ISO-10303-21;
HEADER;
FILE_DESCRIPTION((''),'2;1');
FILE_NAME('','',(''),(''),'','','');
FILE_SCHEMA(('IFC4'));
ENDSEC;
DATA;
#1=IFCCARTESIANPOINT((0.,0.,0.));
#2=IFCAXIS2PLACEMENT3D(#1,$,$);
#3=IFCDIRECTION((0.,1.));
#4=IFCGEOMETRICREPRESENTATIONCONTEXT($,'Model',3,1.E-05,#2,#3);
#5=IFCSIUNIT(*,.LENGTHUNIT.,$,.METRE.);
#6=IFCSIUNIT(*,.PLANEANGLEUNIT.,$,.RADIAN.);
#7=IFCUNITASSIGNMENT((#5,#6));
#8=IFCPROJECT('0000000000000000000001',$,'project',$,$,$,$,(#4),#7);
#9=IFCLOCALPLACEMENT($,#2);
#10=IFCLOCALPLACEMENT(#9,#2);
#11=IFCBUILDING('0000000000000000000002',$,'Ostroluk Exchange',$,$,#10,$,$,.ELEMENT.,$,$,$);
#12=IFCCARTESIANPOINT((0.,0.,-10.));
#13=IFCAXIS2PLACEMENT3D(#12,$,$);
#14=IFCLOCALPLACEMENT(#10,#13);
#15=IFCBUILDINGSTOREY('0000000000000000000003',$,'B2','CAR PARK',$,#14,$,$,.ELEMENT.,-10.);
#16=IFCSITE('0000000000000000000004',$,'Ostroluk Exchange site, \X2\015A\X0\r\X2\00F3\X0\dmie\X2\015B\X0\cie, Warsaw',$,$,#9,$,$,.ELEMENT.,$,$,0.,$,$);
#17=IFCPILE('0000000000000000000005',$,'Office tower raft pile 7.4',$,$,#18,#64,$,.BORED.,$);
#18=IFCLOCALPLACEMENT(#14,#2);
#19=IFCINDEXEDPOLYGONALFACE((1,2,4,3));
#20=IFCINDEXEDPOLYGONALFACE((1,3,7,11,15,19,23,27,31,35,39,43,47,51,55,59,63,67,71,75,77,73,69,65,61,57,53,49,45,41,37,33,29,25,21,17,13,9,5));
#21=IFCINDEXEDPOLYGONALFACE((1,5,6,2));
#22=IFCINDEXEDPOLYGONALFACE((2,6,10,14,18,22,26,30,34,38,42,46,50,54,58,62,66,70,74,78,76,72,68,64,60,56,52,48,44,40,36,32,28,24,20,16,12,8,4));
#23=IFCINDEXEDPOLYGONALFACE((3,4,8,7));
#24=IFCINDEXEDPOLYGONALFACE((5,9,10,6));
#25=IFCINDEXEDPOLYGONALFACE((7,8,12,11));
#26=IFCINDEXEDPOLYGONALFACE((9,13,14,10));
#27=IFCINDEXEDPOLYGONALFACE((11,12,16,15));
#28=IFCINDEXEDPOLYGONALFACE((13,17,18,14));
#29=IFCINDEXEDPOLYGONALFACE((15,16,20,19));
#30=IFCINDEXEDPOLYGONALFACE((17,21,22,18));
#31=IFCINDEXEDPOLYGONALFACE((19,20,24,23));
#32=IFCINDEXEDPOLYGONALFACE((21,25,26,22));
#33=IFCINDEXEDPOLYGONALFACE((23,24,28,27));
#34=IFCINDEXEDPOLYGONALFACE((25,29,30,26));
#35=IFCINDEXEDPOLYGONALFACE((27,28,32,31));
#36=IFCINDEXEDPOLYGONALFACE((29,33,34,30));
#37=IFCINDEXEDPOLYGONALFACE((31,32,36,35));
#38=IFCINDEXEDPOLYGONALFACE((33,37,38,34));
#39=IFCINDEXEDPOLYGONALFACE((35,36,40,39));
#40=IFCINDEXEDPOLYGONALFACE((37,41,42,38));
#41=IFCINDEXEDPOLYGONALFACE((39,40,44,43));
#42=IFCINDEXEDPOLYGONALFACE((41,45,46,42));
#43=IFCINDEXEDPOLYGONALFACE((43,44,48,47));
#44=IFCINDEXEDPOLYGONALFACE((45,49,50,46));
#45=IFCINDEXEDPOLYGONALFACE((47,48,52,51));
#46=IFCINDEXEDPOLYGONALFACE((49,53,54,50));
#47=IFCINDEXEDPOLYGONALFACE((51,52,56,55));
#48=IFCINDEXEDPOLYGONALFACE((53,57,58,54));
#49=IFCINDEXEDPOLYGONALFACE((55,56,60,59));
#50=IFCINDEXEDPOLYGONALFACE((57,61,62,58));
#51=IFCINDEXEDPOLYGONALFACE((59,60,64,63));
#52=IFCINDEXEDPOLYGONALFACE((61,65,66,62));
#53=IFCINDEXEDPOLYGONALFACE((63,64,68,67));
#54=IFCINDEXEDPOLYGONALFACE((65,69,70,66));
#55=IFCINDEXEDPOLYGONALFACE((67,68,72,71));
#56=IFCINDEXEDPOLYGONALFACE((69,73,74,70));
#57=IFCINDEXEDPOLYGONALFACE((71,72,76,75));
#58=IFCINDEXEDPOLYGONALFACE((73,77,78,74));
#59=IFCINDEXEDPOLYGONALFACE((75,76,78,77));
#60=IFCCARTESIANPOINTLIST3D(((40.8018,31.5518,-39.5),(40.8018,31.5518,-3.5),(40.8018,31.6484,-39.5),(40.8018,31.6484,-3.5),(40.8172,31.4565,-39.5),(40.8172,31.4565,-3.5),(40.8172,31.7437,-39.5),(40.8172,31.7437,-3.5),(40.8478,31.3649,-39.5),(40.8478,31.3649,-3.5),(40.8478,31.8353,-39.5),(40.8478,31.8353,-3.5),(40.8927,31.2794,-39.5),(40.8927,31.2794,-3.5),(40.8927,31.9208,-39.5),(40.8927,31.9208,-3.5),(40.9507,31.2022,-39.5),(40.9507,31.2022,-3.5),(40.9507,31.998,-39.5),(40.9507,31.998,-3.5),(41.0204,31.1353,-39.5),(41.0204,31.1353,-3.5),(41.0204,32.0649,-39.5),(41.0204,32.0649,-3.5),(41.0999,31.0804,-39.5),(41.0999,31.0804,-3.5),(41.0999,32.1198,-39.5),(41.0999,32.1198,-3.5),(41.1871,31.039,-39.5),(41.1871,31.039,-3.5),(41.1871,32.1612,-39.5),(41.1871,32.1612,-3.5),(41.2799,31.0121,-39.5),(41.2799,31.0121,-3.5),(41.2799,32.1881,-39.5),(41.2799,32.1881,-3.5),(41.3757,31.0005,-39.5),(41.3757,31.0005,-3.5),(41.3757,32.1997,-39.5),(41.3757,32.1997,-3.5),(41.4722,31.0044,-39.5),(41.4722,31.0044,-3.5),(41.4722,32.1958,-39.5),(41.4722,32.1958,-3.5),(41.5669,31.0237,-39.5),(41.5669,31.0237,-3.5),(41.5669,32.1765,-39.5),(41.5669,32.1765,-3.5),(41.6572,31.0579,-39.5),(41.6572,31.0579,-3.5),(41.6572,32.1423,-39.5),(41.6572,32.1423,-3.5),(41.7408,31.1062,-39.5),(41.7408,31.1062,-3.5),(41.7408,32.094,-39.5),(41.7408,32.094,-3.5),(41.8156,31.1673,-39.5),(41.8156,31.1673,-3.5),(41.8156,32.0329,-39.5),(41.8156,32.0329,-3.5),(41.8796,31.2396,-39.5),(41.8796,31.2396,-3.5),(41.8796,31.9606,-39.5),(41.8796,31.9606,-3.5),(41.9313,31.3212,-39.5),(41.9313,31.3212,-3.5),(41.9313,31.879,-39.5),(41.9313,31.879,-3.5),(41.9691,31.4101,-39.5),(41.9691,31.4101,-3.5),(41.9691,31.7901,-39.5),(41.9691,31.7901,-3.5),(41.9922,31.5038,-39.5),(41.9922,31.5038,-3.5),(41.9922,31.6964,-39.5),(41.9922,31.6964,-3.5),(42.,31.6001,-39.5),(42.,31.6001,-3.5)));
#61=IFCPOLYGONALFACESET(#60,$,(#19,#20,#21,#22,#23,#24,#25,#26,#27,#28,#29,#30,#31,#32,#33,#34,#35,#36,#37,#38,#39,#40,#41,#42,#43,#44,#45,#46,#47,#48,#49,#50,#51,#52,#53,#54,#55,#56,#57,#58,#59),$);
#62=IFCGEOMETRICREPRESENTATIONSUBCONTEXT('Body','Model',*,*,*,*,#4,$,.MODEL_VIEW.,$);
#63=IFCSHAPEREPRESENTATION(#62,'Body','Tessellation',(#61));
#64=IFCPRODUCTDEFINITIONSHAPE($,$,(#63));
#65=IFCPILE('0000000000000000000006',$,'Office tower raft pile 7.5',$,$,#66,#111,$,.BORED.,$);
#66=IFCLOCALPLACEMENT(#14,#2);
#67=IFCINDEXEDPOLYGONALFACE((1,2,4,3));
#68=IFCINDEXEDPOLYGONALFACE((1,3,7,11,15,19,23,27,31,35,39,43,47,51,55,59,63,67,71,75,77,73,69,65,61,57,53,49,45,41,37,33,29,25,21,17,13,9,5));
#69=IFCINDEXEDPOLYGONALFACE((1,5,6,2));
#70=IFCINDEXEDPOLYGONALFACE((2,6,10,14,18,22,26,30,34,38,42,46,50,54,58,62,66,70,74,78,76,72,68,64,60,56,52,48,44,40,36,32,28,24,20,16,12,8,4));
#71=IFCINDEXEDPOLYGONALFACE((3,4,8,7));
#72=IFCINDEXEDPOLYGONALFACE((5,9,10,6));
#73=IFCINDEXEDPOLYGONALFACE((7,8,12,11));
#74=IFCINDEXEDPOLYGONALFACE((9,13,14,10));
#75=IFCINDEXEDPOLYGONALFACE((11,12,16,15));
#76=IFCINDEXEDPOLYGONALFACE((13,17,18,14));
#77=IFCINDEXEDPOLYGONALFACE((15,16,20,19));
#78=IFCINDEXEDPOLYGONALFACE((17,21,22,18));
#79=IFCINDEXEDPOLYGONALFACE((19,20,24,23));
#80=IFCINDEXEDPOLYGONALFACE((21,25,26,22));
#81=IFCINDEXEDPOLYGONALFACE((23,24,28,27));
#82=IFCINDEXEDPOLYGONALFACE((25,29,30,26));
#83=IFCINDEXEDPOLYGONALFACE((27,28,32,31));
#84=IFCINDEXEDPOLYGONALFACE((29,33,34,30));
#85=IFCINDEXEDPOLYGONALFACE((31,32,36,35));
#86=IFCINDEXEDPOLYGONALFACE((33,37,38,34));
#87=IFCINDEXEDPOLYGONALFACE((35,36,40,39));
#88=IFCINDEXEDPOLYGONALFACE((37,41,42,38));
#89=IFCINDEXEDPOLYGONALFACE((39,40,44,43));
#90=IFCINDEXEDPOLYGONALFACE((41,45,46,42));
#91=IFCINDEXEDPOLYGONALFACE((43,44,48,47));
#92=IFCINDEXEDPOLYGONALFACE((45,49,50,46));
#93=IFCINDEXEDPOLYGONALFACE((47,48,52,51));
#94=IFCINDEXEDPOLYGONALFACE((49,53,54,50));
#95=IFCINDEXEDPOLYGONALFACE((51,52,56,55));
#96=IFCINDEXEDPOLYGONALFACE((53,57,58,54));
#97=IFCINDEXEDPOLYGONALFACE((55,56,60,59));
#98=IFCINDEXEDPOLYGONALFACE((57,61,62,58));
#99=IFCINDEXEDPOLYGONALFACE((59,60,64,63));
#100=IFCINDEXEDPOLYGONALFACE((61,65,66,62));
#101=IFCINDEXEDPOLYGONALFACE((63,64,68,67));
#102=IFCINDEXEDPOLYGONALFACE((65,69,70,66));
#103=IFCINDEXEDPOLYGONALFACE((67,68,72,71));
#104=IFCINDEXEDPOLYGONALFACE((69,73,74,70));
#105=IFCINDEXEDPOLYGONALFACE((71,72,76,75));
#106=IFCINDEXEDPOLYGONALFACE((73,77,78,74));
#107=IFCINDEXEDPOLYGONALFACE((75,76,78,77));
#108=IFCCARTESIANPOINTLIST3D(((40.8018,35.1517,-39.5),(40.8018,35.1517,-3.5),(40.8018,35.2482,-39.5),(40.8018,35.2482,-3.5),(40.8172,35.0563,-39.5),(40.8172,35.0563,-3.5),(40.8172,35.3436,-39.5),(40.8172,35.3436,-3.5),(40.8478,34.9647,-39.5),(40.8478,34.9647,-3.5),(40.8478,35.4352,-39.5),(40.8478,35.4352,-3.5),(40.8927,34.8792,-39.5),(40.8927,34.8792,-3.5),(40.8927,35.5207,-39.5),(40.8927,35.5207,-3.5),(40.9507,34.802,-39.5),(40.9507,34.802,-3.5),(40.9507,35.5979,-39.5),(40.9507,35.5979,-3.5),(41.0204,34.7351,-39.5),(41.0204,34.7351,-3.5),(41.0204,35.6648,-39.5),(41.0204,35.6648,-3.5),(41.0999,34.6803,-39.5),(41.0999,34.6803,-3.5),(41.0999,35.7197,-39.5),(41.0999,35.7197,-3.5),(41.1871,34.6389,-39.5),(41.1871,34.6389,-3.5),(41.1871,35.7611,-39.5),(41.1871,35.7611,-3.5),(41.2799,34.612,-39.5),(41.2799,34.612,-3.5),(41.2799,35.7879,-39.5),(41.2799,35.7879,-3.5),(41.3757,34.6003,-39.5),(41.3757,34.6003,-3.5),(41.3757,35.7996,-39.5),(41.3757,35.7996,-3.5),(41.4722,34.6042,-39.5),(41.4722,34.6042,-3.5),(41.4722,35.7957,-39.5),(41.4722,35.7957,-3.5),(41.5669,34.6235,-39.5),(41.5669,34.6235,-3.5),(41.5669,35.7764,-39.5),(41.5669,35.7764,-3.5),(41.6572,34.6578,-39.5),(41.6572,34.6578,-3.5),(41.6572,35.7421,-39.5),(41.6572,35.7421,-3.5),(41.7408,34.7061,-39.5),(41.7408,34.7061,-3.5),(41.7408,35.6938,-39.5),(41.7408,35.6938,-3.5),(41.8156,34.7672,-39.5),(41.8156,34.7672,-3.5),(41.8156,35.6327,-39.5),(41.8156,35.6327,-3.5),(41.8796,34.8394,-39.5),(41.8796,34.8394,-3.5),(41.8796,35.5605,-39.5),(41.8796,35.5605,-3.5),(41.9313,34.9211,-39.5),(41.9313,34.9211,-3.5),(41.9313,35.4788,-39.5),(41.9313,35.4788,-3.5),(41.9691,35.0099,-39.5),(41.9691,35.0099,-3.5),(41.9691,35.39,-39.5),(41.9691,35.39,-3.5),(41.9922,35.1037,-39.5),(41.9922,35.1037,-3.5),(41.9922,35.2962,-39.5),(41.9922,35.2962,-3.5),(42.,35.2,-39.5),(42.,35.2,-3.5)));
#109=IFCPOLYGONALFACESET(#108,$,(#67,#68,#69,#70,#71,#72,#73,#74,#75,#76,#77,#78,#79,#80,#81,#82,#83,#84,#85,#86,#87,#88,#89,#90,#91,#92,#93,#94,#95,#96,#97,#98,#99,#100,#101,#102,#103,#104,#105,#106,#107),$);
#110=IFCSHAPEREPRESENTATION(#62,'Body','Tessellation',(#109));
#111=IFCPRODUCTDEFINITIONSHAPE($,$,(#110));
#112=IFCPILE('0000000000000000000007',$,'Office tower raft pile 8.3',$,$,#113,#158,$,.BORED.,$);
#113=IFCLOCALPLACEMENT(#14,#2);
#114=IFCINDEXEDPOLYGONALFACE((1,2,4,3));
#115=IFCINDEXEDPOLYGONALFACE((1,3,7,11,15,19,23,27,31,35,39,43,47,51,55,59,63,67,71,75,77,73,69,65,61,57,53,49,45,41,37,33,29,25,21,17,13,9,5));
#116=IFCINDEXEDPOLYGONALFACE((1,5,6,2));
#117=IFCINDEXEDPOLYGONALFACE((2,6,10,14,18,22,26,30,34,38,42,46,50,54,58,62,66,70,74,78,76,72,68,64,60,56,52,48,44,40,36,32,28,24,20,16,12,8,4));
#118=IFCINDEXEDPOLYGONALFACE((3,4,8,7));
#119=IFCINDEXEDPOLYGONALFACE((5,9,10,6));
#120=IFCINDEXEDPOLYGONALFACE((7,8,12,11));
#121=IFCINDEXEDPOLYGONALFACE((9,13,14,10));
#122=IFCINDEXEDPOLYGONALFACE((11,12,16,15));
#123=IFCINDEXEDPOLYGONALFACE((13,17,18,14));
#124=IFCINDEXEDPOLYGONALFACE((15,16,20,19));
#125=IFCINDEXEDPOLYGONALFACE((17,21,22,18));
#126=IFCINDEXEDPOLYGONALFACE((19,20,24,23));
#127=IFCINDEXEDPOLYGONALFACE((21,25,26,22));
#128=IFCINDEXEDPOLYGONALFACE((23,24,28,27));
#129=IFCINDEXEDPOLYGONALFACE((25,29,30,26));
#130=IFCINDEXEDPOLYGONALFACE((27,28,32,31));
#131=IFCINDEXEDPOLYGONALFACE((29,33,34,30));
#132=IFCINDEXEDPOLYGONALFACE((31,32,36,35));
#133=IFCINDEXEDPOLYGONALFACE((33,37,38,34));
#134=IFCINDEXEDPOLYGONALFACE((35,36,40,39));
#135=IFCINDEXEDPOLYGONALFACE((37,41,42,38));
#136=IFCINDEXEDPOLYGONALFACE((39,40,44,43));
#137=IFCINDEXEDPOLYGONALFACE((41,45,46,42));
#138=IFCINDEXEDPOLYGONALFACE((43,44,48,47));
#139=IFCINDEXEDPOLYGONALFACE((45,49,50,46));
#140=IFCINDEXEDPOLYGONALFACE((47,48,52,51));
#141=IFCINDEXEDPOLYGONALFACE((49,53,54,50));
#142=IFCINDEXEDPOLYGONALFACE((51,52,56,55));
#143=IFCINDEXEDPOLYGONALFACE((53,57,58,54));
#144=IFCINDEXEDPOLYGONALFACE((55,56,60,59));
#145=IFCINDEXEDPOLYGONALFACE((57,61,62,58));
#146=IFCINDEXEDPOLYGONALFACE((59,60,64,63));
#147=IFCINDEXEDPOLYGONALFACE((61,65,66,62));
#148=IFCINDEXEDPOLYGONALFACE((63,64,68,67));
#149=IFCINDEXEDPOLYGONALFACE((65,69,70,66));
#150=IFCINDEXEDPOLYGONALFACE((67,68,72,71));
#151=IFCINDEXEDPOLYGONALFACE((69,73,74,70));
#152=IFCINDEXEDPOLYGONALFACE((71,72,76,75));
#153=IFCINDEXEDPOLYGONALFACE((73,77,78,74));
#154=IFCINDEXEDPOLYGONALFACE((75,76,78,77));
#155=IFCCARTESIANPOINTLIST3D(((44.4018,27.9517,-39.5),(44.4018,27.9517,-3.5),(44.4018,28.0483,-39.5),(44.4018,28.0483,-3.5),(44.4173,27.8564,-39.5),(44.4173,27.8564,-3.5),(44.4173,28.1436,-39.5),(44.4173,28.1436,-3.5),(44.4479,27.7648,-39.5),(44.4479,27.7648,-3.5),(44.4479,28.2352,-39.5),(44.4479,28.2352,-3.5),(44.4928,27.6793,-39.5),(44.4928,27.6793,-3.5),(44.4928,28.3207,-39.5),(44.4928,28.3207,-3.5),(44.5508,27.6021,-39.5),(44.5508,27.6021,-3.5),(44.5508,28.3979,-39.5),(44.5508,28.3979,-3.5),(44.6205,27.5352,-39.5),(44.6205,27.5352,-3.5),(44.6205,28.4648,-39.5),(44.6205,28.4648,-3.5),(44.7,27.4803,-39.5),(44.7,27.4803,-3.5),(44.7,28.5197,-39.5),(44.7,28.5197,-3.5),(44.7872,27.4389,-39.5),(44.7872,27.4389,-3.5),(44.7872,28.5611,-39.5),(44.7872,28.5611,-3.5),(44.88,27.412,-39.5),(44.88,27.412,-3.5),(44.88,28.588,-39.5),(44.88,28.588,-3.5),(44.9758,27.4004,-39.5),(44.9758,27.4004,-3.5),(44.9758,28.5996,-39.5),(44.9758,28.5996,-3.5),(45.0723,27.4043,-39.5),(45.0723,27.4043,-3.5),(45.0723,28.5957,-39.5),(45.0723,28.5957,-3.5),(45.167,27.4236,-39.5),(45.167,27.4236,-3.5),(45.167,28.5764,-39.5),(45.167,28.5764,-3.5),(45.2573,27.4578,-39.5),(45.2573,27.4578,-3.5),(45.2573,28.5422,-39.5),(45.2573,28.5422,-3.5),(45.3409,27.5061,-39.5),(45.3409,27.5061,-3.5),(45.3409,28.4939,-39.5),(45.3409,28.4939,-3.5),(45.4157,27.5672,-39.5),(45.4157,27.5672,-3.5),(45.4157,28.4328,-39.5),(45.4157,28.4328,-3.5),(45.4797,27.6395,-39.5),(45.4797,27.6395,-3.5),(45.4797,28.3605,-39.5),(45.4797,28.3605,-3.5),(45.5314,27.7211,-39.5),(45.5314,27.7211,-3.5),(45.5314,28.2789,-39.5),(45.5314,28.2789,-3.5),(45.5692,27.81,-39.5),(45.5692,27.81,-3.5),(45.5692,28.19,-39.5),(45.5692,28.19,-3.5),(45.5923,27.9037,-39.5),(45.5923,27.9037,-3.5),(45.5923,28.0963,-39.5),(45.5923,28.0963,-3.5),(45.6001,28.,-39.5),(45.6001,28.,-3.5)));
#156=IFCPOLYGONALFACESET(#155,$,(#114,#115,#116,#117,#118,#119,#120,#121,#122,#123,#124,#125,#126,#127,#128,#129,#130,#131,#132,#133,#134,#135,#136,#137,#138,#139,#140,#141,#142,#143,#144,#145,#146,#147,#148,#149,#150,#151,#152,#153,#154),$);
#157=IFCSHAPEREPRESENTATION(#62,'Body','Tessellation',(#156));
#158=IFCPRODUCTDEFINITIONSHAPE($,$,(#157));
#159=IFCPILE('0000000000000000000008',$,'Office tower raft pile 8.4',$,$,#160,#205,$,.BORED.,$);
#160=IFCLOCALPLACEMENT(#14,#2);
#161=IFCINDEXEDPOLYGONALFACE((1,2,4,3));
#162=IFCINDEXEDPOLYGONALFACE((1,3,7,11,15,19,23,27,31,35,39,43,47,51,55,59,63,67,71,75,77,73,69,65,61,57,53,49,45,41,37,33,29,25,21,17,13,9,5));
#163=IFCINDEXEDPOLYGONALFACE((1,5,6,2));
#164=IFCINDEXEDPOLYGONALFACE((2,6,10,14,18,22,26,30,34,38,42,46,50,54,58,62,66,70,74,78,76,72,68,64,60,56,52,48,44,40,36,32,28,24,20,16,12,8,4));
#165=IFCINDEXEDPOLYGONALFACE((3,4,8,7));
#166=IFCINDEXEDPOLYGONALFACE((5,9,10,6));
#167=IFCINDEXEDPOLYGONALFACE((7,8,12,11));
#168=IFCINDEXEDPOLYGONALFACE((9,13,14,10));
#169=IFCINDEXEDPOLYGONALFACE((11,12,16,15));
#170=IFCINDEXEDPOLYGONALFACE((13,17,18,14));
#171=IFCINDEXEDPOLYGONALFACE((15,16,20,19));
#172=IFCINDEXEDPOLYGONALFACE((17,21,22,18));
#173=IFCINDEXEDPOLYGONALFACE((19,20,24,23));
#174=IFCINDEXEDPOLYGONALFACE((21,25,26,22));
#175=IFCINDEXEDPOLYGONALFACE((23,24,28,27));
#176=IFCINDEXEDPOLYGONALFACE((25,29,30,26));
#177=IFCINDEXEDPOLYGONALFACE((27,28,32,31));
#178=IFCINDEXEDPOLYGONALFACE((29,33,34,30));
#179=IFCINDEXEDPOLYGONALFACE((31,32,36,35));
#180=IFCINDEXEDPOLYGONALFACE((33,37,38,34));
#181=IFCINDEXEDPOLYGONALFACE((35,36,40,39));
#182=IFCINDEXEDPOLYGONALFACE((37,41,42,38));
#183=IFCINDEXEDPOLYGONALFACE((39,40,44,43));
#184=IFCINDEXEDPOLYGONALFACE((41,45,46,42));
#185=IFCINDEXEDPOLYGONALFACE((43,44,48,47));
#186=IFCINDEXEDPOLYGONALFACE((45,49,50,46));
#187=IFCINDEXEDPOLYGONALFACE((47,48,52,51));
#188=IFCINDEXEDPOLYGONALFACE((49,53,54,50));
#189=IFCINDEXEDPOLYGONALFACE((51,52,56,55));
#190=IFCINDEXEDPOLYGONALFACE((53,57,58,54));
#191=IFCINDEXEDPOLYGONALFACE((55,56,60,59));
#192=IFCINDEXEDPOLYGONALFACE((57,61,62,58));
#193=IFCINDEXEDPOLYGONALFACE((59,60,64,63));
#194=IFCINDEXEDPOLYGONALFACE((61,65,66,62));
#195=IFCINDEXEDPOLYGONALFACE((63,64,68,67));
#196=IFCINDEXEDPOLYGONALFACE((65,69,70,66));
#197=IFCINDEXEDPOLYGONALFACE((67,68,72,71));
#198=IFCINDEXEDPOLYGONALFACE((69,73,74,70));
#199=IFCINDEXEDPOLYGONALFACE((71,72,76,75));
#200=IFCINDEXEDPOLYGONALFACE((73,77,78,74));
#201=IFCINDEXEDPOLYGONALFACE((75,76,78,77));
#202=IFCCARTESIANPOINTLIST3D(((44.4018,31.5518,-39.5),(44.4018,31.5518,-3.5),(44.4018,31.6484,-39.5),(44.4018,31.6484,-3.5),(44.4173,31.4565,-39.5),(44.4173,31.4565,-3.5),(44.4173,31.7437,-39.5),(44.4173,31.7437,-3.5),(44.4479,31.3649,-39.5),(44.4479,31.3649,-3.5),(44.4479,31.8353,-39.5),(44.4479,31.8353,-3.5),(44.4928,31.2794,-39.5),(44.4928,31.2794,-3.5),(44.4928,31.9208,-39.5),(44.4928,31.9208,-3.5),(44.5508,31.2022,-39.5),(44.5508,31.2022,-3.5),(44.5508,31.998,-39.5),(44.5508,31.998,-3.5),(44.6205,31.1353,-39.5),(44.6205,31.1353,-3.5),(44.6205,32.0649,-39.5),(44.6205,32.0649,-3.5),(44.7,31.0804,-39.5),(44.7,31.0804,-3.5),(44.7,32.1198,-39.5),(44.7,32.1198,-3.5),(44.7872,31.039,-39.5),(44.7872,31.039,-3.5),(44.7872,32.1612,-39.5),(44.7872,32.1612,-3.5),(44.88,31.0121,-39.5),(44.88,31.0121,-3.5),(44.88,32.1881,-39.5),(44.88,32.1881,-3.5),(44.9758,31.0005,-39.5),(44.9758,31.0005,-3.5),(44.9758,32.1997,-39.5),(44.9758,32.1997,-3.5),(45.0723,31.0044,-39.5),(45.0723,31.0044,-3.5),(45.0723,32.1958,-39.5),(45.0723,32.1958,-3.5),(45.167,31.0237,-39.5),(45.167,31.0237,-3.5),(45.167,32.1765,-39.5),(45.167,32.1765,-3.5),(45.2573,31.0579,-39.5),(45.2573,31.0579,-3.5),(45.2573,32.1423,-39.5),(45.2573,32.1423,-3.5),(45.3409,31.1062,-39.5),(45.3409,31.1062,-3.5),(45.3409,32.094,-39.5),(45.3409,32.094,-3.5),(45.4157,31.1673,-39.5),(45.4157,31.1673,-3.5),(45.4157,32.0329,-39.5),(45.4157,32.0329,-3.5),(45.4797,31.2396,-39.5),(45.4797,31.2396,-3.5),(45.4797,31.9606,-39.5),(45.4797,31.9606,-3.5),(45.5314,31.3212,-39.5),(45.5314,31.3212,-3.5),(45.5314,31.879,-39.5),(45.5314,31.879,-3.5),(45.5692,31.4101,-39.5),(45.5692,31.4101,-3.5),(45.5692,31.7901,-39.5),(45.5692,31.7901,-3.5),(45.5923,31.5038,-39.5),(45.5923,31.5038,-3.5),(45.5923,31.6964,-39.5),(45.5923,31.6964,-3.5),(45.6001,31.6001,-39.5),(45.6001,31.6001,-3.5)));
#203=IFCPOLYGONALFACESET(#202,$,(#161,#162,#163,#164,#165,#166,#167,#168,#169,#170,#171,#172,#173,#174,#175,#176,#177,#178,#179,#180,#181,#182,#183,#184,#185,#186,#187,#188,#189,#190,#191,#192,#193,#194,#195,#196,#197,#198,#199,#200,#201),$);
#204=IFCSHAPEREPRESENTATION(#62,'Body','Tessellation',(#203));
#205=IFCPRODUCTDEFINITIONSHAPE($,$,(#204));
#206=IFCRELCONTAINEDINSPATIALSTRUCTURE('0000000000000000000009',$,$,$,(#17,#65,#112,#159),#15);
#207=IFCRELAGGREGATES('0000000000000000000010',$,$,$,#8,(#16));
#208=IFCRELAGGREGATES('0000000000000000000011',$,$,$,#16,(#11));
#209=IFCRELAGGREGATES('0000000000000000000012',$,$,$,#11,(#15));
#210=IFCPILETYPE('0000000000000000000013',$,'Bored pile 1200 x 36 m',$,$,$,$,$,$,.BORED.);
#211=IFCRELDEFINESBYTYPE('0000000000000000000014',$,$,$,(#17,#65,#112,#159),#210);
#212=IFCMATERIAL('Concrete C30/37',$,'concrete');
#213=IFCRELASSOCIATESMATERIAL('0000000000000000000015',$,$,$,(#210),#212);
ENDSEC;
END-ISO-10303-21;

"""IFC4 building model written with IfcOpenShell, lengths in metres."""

from ifc_helpers import new_model, si_unit, direction, frame, origin, origin_2d, place, context, subcontext, project, spatial, circle, extrude, material, type_object, element, save


model = new_model("IFC4")

# Units and contexts
model_context = context("Model", 3, precision=1e-05, world=origin(), true_north=direction((0.0, 1.0)))
body_context = subcontext(model_context, "Body", "Model", "MODEL_VIEW")
ifc_project = project(units=[si_unit("LENGTHUNIT", "METRE"), si_unit("PLANEANGLEUNIT", "RADIAN")], contexts=[model_context])

# Site, building, storey
site_placement = place(None, origin())
site = spatial("IfcSite", under=ifc_project, at=site_placement, Name="Ostroluk Exchange site, Śródmieście, Warsaw", CompositionType="ELEMENT", RefElevation=0.0)
building_placement = place(site_placement, origin())
building = spatial("IfcBuilding", under=site, at=building_placement, Name="Ostroluk Exchange", CompositionType="ELEMENT")
storey_placement = place(building_placement, frame((0.0, 0.0, -10.0)))
storey = spatial("IfcBuildingStorey", under=building, at=storey_placement, Name="B2", Description="CAR PARK", CompositionType="ELEMENT", Elevation=-10.0)

# Piles
ifc_material_1 = material(Name="Concrete C30/37", Category="concrete")
pile_type = type_object("IfcPileType", Name="Bored pile 1200 x 36 m", PredefinedType="BORED", material=ifc_material_1)
for number, where, z_axis, x_axis, name in (
    (1, (41.3999, 31.6001, -3.5), (0.0, 0.0, -1.0), (1.0, 0.0, 0.0), "Office tower raft pile 7.4"),
    (2, (41.3999, 35.2, -3.5), (0.0, 0.0, -1.0), (1.0, 0.0, 0.0), "Office tower raft pile 7.5"),
    (3, (45.0, 28.0, -3.5), (0.0, 0.0, -1.0), (1.0, 0.0, 0.0), "Office tower raft pile 8.3"),
    (4, (45.0, 31.6001, -3.5), (0.0, 0.0, -1.0), (1.0, 0.0, 0.0), "Office tower raft pile 8.4"),
):
    element("IfcPile", number, at=place(storey_placement, frame(where, z_axis=z_axis, x_axis=x_axis)), inside=storey, type_object=pile_type, Name=name, PredefinedType="BORED", context=body_context, shape_type="SweptSolid", body=[
        extrude(circle(Radius=0.6001, at=origin_2d()), origin(), (0.0, 0.0, 1.0), 36.0),
    ])

save(model, "model.ifc")
